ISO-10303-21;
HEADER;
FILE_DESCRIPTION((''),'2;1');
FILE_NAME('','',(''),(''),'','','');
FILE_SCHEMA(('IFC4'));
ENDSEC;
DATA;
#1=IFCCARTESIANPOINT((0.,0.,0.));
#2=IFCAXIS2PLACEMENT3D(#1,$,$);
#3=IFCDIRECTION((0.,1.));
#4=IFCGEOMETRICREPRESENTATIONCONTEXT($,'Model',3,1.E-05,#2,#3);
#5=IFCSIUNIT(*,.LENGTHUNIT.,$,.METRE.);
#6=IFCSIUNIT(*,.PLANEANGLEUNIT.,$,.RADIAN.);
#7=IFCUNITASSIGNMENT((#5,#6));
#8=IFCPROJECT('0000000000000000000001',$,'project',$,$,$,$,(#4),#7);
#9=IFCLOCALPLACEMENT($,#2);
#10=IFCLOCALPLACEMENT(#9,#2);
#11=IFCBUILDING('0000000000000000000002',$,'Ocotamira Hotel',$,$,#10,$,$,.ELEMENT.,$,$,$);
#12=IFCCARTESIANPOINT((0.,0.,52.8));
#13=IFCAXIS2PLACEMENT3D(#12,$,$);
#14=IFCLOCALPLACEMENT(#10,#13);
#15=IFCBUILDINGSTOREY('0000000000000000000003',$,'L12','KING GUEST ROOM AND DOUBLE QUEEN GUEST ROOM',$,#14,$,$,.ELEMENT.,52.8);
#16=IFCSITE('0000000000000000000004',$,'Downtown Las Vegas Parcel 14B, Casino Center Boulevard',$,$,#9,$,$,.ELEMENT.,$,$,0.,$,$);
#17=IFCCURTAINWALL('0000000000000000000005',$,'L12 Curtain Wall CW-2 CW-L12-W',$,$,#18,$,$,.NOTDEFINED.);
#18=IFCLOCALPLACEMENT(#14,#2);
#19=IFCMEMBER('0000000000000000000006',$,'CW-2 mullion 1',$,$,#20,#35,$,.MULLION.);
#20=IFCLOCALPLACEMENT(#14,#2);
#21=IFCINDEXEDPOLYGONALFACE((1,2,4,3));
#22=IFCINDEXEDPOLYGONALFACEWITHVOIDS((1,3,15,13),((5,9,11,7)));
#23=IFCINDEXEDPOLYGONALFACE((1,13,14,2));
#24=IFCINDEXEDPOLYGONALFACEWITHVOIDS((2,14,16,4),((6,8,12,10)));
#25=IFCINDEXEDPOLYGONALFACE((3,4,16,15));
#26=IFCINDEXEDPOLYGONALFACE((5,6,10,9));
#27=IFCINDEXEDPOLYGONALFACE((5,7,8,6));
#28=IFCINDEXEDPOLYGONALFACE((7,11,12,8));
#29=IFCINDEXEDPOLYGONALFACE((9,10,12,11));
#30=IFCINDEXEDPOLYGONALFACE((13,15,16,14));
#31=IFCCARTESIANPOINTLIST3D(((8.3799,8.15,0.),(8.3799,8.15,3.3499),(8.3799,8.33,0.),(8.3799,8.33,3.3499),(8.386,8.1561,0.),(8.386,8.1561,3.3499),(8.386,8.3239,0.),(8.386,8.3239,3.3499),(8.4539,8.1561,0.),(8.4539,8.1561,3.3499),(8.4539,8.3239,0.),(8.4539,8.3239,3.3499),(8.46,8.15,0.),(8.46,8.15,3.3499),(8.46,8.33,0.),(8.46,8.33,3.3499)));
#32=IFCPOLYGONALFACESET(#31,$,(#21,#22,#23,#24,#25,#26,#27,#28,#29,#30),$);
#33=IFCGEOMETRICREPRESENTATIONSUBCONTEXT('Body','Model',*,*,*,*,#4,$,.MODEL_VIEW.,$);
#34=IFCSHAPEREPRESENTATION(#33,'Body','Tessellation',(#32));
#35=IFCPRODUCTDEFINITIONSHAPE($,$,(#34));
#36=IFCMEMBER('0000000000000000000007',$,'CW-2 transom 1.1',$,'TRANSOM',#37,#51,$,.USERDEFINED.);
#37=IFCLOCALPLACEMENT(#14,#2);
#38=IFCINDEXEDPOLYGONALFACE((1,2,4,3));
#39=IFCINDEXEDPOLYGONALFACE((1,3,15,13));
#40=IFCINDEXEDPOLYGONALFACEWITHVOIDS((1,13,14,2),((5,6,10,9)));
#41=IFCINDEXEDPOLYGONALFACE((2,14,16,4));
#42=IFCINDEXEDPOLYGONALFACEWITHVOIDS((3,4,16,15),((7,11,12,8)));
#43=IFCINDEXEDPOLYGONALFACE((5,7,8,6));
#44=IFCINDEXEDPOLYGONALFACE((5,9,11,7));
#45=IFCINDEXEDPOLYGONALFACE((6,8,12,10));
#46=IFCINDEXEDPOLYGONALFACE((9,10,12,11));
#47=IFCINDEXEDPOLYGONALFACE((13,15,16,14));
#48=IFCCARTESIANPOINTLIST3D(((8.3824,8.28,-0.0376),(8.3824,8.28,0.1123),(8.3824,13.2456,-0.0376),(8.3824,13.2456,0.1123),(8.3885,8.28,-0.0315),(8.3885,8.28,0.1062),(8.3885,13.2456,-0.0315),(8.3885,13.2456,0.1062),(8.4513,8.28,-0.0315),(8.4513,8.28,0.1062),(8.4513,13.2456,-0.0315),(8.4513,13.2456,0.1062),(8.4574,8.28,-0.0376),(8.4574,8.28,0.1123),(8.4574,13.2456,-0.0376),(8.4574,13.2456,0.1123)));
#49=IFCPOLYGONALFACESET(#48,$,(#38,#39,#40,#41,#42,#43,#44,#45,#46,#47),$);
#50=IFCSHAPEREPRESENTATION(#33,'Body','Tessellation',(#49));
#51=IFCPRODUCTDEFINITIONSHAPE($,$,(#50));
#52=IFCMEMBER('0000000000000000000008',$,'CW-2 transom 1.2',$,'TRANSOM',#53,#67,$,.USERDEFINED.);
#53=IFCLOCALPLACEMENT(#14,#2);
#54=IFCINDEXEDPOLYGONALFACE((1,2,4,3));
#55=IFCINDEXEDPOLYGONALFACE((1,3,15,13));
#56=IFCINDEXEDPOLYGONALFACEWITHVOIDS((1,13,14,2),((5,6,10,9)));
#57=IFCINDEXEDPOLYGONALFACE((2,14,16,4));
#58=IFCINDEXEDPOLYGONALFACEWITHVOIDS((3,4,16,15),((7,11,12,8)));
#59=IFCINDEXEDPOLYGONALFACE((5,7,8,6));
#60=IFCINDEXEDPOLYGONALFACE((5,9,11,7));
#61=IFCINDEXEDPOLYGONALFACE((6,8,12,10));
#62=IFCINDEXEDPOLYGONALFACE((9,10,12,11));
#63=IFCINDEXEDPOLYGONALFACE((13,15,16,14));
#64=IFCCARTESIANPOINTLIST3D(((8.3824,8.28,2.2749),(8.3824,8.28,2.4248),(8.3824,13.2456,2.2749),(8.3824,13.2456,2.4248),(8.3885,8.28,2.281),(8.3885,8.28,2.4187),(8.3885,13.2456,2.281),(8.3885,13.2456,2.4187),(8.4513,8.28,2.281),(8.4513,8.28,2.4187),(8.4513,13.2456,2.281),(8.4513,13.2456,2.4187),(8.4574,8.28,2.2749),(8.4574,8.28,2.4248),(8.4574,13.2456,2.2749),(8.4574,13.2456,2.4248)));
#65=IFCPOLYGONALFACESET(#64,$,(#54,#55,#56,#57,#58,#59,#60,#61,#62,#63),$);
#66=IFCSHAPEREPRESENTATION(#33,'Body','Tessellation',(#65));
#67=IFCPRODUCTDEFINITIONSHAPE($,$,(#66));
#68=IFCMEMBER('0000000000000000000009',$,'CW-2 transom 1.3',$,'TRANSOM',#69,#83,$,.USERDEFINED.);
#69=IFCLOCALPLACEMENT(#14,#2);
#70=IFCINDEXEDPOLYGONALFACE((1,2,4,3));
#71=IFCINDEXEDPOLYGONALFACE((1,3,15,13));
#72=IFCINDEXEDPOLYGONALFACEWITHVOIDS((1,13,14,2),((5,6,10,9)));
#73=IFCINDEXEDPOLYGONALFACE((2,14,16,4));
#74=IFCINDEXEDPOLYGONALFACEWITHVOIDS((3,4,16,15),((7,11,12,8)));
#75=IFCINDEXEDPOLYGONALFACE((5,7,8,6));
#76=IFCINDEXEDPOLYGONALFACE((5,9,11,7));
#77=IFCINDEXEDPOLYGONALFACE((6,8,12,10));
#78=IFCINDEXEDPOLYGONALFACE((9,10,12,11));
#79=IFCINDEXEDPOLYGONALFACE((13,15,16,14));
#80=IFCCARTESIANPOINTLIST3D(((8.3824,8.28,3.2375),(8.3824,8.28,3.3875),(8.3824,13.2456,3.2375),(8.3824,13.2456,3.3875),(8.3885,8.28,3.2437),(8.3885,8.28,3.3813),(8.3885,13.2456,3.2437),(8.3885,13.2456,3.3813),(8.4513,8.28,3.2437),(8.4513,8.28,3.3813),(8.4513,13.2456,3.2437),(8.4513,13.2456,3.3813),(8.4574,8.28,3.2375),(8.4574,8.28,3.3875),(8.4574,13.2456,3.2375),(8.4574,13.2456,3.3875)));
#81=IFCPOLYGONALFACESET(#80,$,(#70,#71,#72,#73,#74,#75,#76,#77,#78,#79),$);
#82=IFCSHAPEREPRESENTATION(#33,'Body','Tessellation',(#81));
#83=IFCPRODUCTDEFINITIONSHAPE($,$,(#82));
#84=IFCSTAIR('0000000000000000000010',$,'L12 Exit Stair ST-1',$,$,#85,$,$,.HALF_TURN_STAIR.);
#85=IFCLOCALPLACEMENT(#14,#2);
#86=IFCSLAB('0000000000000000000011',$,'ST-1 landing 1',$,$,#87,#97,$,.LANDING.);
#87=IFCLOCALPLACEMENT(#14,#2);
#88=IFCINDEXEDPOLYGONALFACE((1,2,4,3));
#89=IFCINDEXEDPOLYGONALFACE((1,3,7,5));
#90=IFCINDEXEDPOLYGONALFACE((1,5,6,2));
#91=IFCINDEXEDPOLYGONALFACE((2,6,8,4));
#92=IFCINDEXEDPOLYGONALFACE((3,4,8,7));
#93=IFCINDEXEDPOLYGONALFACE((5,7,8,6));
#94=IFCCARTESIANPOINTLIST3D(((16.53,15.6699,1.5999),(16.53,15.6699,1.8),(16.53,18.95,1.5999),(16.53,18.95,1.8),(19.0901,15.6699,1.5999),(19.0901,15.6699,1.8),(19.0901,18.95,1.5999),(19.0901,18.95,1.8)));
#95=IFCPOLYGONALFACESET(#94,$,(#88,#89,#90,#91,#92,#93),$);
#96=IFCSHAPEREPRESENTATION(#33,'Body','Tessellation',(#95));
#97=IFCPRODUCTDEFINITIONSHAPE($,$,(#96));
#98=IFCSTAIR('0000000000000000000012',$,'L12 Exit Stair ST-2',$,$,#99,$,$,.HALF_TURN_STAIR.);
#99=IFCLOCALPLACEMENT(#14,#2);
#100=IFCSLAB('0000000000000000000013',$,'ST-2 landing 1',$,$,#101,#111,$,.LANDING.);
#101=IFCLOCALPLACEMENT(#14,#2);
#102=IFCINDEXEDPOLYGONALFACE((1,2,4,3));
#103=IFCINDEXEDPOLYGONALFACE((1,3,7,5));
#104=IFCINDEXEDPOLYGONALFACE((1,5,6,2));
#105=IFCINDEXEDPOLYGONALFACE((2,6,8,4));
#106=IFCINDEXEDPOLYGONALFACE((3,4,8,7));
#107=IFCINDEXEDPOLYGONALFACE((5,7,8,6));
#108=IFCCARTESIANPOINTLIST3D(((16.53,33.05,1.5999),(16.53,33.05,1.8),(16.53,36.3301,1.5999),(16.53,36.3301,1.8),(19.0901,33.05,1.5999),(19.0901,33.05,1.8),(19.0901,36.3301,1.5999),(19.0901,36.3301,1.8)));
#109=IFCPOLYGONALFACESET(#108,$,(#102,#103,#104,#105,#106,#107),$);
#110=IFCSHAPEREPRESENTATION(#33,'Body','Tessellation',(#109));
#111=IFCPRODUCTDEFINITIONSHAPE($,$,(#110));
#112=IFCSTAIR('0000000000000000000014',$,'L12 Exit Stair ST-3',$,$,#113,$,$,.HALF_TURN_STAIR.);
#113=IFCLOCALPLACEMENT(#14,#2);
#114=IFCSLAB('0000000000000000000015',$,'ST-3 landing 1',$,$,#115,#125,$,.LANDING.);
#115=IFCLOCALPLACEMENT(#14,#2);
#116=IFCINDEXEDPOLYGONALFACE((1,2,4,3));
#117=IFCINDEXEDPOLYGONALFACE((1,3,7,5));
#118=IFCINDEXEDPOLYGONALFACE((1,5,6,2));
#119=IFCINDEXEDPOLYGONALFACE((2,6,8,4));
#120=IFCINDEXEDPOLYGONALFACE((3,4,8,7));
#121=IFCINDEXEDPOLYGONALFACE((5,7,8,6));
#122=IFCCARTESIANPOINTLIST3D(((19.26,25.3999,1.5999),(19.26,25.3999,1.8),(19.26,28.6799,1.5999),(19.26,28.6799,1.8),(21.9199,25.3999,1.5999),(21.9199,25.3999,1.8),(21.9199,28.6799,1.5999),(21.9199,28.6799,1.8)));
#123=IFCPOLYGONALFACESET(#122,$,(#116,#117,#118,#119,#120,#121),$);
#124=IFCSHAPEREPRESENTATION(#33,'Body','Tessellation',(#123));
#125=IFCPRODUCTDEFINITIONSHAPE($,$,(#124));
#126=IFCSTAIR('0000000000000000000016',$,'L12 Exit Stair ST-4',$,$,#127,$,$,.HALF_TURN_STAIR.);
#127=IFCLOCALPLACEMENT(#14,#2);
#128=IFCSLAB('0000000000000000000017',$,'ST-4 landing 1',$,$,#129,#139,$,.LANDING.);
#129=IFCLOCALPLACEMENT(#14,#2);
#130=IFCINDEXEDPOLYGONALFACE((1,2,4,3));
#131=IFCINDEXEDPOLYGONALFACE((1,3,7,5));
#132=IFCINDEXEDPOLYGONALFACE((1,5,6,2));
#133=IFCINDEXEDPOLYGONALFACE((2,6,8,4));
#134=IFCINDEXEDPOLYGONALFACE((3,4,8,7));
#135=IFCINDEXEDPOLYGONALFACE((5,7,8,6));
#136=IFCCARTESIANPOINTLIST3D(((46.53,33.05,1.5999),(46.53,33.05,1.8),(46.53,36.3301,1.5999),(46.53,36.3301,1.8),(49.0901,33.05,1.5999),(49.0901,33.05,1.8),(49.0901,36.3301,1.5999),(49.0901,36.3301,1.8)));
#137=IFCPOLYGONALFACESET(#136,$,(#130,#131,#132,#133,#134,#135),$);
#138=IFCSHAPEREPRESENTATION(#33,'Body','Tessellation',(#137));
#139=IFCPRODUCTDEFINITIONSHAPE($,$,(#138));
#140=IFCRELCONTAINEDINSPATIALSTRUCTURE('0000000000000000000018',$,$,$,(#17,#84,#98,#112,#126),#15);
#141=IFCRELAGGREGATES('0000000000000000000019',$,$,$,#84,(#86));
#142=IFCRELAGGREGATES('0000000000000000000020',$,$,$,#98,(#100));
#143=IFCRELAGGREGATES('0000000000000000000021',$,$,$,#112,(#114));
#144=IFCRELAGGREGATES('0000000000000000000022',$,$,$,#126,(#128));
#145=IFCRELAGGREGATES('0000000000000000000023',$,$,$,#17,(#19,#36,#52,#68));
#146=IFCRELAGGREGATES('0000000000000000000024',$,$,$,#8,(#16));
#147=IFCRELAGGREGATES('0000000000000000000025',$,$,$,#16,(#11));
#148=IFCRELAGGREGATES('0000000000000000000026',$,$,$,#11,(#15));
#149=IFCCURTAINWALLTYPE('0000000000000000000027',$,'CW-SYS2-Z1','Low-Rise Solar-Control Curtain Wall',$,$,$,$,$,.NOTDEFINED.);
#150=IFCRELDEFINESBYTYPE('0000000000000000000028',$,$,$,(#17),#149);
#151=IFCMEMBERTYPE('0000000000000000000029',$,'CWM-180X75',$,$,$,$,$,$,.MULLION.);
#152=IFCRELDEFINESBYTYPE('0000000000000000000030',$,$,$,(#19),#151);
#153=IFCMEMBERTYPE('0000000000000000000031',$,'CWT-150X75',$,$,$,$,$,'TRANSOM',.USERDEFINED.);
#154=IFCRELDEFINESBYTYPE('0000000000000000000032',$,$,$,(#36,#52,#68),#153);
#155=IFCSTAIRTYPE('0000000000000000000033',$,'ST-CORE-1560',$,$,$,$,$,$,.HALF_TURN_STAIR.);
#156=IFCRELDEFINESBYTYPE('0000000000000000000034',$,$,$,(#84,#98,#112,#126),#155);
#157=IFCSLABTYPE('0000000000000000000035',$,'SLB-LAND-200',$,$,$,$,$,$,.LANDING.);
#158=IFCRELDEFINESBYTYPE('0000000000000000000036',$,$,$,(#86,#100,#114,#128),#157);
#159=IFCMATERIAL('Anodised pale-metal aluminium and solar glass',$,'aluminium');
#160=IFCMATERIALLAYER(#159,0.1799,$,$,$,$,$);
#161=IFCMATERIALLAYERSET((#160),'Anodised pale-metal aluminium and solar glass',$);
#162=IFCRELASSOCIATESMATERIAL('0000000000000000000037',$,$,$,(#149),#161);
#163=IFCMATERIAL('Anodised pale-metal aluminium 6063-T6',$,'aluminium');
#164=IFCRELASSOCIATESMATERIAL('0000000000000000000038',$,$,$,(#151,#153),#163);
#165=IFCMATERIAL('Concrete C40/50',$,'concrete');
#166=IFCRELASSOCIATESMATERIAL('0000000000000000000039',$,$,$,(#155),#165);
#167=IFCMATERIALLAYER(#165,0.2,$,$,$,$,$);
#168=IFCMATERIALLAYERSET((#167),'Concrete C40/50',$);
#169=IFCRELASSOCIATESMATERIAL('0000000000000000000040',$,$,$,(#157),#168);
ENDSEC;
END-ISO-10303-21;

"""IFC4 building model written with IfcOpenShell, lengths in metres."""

from ifc_helpers import new_model, si_unit, direction, frame, origin, origin_2d, place, context, subcontext, project, spatial, polyline, hollow_rectangle, outline, extrude, source, transform, mapped, material, layer, layer_set, material_profile, profile_set, type_object, element, aggregate, save


model = new_model("IFC4")

# Units and contexts
model_context = context("Model", 3, precision=1e-05, world=origin(), true_north=direction((0.0, 1.0)))
body_context = subcontext(model_context, "Body", "Model", "MODEL_VIEW")
ifc_project = project(units=[si_unit("LENGTHUNIT", "METRE"), si_unit("PLANEANGLEUNIT", "RADIAN")], contexts=[model_context])

# Site, building, storey
site_placement = place(None, origin())
site = spatial("IfcSite", under=ifc_project, at=site_placement, Name="Downtown Las Vegas Parcel 14B, Casino Center Boulevard", CompositionType="ELEMENT", RefElevation=0.0)
building_placement = place(site_placement, origin())
building = spatial("IfcBuilding", under=site, at=building_placement, Name="Ocotamira Hotel", CompositionType="ELEMENT")
storey_placement = place(building_placement, frame((0.0, 0.0, 52.8)))
storey = spatial("IfcBuildingStorey", under=building, at=storey_placement, Name="L12", Description="KING GUEST ROOM AND DOUBLE QUEEN GUEST ROOM", CompositionType="ELEMENT", Elevation=52.8)

# Curtain wall, members
ifc_material_1 = material(Name="Anodised pale-metal aluminium and solar glass", Category="aluminium")
ifc_layer_1 = layer(ifc_material_1, 0.1799)
ifc_layer_set_1 = layer_set([ifc_layer_1], Name="Anodised pale-metal aluminium and solar glass")
curtain_wall_type = type_object("IfcCurtainWallType", Name="CW-SYS2-Z1", Description="Low-Rise Solar-Control Curtain Wall", PredefinedType="NOTDEFINED", material=ifc_layer_set_1)
curtain_wall_placement = place(storey_placement, origin())
curtain_wall = element("IfcCurtainWall", 1, at=curtain_wall_placement, inside=storey, type_object=curtain_wall_type, Name="L12 Curtain Wall CW-2 CW-L12-W", PredefinedType="NOTDEFINED")
ifc_material_2 = material(Name="Anodised pale-metal aluminium 6063-T6", Category="aluminium")
ifc_material_profile_1 = material_profile(ifc_material_2, hollow_rectangle(XDim=0.0801, YDim=0.1799, WallThickness=0.0061, at=origin_2d()), Name="HSS180X80X6")
ifc_profile_set_1 = profile_set([ifc_material_profile_1], Name="Anodised pale-metal aluminium 6063-T6")
member_type_1 = type_object("IfcMemberType", Name="CWM-180X75", PredefinedType="MULLION", material=ifc_profile_set_1)
shared_shape_1 = source(origin(), body_context, "Body", "SweptSolid", [
    extrude(hollow_rectangle(XDim=0.0801, YDim=0.1799, WallThickness=0.0061, at=origin_2d()), origin(), (0.0, 0.0, 1.0), 3.3499),
])
member_1_placement = place(storey_placement, frame((8.4199, 8.24, 0.0), z_axis=(0.0, 0.0, 1.0), x_axis=(-1.0, 0.0, 0.0)))
member_1 = element("IfcMember", 2, at=member_1_placement, type_object=member_type_1, Name="CW-2 mullion 1", PredefinedType="MULLION", context=body_context, shape_type="MappedRepresentation", body=[
    mapped(shared_shape_1, transform((0.0, 0.0, 0.0), scale=1.0)),
])
ifc_material_profile_2 = material_profile(ifc_material_2, hollow_rectangle(XDim=0.075, YDim=0.1499, WallThickness=0.0061, at=origin_2d()), Name="HSS150X75X6")
ifc_profile_set_2 = profile_set([ifc_material_profile_2], Name="Anodised pale-metal aluminium 6063-T6")
member_type_2 = type_object("IfcMemberType", Name="CWT-150X75", ElementType="TRANSOM", PredefinedType="USERDEFINED", material=ifc_profile_set_2)
shared_shape_2 = source(origin(), body_context, "Body", "SweptSolid", [
    extrude(hollow_rectangle(XDim=0.075, YDim=0.1499, WallThickness=0.0061, at=origin_2d()), origin(), (0.0, 0.0, 1.0), 4.9656),
])
member_2_placement = place(storey_placement, frame((8.4199, 8.28, 0.0374), z_axis=(0.0, 1.0, 0.0), x_axis=(-1.0, 0.0, 0.0)))
member_2 = element("IfcMember", 3, at=member_2_placement, type_object=member_type_2, Name="CW-2 transom 1.1", ObjectType="TRANSOM", PredefinedType="USERDEFINED", context=body_context, shape_type="MappedRepresentation", body=[
    mapped(shared_shape_2, transform((0.0, 0.0, 0.0), scale=1.0)),
])
member_3_placement = place(storey_placement, frame((8.4199, 8.28, 2.3499), z_axis=(0.0, 1.0, 0.0), x_axis=(-1.0, 0.0, 0.0)))
member_3 = element("IfcMember", 4, at=member_3_placement, type_object=member_type_2, Name="CW-2 transom 1.2", ObjectType="TRANSOM", PredefinedType="USERDEFINED", context=body_context, shape_type="MappedRepresentation", body=[
    mapped(shared_shape_2, transform((0.0, 0.0, 0.0), scale=1.0)),
])
member_4_placement = place(storey_placement, frame((8.4199, 8.28, 3.3125), z_axis=(0.0, 1.0, 0.0), x_axis=(-1.0, 0.0, 0.0)))
member_4 = element("IfcMember", 5, at=member_4_placement, type_object=member_type_2, Name="CW-2 transom 1.3", ObjectType="TRANSOM", PredefinedType="USERDEFINED", context=body_context, shape_type="MappedRepresentation", body=[
    mapped(shared_shape_2, transform((0.0, 0.0, 0.0), scale=1.0)),
])

# Stairs, slabs
ifc_material_3 = material(Name="Concrete C40/50", Category="concrete")
stair_type = type_object("IfcStairType", Name="ST-CORE-1560", PredefinedType="HALF_TURN_STAIR", material=ifc_material_3)
stair_1_placement = place(storey_placement, origin())
stair_1 = element("IfcStair", 6, at=stair_1_placement, inside=storey, type_object=stair_type, Name="L12 Exit Stair ST-1", PredefinedType="HALF_TURN_STAIR")
ifc_layer_2 = layer(ifc_material_3, 0.2)
ifc_layer_set_2 = layer_set([ifc_layer_2], Name="Concrete C40/50")
slab_type_1 = type_object("IfcSlabType", Name="SLB-LAND-200", PredefinedType="LANDING", material=ifc_layer_set_2)
slab_1_placement = place(storey_placement, frame((0.0, 0.0, 1.5999)))
slab_1 = element("IfcSlab", 7, at=slab_1_placement, type_object=slab_type_1, Name="ST-1 landing 1", PredefinedType="LANDING", context=body_context, shape_type="SweptSolid", body=[
    extrude(outline(polyline([(16.53, 15.6699), (19.0901, 15.6699), (19.0901, 18.95), (16.53, 18.95), (16.53, 15.6699)])), origin(), (0.0, 0.0, 1.0), 0.2002),
])
aggregate(stair_1, [slab_1])
stair_2_placement = place(storey_placement, origin())
stair_2 = element("IfcStair", 8, at=stair_2_placement, inside=storey, type_object=stair_type, Name="L12 Exit Stair ST-2", PredefinedType="HALF_TURN_STAIR")
slab_2_placement = place(storey_placement, frame((0.0, 0.0, 1.5999)))
slab_2 = element("IfcSlab", 9, at=slab_2_placement, type_object=slab_type_1, Name="ST-2 landing 1", PredefinedType="LANDING", context=body_context, shape_type="SweptSolid", body=[
    extrude(outline(polyline([(16.53, 33.05), (19.0901, 33.05), (19.0901, 36.3301), (16.53, 36.3301), (16.53, 33.05)])), origin(), (0.0, 0.0, 1.0), 0.2002),
])
aggregate(stair_2, [slab_2])
stair_3_placement = place(storey_placement, origin())
stair_3 = element("IfcStair", 10, at=stair_3_placement, inside=storey, type_object=stair_type, Name="L12 Exit Stair ST-3", PredefinedType="HALF_TURN_STAIR")
slab_3_placement = place(storey_placement, frame((0.0, 0.0, 1.5999)))
slab_3 = element("IfcSlab", 11, at=slab_3_placement, type_object=slab_type_1, Name="ST-3 landing 1", PredefinedType="LANDING", context=body_context, shape_type="SweptSolid", body=[
    extrude(outline(polyline([(19.26, 25.3999), (21.9199, 25.3999), (21.9199, 28.6799), (19.26, 28.6799), (19.26, 25.3999)])), origin(), (0.0, 0.0, 1.0), 0.2002),
])
aggregate(stair_3, [slab_3])
stair_4_placement = place(storey_placement, origin())
stair_4 = element("IfcStair", 12, at=stair_4_placement, inside=storey, type_object=stair_type, Name="L12 Exit Stair ST-4", PredefinedType="HALF_TURN_STAIR")
slab_4_placement = place(storey_placement, frame((0.0, 0.0, 1.5999)))
slab_4 = element("IfcSlab", 13, at=slab_4_placement, type_object=slab_type_1, Name="ST-4 landing 1", PredefinedType="LANDING", context=body_context, shape_type="SweptSolid", body=[
    extrude(outline(polyline([(46.53, 33.05), (49.0901, 33.05), (49.0901, 36.3301), (46.53, 36.3301), (46.53, 33.05)])), origin(), (0.0, 0.0, 1.0), 0.2002),
])
aggregate(stair_4, [slab_4])

aggregate(curtain_wall, [member_1, member_2, member_3, member_4])

save(model, "model.ifc")
